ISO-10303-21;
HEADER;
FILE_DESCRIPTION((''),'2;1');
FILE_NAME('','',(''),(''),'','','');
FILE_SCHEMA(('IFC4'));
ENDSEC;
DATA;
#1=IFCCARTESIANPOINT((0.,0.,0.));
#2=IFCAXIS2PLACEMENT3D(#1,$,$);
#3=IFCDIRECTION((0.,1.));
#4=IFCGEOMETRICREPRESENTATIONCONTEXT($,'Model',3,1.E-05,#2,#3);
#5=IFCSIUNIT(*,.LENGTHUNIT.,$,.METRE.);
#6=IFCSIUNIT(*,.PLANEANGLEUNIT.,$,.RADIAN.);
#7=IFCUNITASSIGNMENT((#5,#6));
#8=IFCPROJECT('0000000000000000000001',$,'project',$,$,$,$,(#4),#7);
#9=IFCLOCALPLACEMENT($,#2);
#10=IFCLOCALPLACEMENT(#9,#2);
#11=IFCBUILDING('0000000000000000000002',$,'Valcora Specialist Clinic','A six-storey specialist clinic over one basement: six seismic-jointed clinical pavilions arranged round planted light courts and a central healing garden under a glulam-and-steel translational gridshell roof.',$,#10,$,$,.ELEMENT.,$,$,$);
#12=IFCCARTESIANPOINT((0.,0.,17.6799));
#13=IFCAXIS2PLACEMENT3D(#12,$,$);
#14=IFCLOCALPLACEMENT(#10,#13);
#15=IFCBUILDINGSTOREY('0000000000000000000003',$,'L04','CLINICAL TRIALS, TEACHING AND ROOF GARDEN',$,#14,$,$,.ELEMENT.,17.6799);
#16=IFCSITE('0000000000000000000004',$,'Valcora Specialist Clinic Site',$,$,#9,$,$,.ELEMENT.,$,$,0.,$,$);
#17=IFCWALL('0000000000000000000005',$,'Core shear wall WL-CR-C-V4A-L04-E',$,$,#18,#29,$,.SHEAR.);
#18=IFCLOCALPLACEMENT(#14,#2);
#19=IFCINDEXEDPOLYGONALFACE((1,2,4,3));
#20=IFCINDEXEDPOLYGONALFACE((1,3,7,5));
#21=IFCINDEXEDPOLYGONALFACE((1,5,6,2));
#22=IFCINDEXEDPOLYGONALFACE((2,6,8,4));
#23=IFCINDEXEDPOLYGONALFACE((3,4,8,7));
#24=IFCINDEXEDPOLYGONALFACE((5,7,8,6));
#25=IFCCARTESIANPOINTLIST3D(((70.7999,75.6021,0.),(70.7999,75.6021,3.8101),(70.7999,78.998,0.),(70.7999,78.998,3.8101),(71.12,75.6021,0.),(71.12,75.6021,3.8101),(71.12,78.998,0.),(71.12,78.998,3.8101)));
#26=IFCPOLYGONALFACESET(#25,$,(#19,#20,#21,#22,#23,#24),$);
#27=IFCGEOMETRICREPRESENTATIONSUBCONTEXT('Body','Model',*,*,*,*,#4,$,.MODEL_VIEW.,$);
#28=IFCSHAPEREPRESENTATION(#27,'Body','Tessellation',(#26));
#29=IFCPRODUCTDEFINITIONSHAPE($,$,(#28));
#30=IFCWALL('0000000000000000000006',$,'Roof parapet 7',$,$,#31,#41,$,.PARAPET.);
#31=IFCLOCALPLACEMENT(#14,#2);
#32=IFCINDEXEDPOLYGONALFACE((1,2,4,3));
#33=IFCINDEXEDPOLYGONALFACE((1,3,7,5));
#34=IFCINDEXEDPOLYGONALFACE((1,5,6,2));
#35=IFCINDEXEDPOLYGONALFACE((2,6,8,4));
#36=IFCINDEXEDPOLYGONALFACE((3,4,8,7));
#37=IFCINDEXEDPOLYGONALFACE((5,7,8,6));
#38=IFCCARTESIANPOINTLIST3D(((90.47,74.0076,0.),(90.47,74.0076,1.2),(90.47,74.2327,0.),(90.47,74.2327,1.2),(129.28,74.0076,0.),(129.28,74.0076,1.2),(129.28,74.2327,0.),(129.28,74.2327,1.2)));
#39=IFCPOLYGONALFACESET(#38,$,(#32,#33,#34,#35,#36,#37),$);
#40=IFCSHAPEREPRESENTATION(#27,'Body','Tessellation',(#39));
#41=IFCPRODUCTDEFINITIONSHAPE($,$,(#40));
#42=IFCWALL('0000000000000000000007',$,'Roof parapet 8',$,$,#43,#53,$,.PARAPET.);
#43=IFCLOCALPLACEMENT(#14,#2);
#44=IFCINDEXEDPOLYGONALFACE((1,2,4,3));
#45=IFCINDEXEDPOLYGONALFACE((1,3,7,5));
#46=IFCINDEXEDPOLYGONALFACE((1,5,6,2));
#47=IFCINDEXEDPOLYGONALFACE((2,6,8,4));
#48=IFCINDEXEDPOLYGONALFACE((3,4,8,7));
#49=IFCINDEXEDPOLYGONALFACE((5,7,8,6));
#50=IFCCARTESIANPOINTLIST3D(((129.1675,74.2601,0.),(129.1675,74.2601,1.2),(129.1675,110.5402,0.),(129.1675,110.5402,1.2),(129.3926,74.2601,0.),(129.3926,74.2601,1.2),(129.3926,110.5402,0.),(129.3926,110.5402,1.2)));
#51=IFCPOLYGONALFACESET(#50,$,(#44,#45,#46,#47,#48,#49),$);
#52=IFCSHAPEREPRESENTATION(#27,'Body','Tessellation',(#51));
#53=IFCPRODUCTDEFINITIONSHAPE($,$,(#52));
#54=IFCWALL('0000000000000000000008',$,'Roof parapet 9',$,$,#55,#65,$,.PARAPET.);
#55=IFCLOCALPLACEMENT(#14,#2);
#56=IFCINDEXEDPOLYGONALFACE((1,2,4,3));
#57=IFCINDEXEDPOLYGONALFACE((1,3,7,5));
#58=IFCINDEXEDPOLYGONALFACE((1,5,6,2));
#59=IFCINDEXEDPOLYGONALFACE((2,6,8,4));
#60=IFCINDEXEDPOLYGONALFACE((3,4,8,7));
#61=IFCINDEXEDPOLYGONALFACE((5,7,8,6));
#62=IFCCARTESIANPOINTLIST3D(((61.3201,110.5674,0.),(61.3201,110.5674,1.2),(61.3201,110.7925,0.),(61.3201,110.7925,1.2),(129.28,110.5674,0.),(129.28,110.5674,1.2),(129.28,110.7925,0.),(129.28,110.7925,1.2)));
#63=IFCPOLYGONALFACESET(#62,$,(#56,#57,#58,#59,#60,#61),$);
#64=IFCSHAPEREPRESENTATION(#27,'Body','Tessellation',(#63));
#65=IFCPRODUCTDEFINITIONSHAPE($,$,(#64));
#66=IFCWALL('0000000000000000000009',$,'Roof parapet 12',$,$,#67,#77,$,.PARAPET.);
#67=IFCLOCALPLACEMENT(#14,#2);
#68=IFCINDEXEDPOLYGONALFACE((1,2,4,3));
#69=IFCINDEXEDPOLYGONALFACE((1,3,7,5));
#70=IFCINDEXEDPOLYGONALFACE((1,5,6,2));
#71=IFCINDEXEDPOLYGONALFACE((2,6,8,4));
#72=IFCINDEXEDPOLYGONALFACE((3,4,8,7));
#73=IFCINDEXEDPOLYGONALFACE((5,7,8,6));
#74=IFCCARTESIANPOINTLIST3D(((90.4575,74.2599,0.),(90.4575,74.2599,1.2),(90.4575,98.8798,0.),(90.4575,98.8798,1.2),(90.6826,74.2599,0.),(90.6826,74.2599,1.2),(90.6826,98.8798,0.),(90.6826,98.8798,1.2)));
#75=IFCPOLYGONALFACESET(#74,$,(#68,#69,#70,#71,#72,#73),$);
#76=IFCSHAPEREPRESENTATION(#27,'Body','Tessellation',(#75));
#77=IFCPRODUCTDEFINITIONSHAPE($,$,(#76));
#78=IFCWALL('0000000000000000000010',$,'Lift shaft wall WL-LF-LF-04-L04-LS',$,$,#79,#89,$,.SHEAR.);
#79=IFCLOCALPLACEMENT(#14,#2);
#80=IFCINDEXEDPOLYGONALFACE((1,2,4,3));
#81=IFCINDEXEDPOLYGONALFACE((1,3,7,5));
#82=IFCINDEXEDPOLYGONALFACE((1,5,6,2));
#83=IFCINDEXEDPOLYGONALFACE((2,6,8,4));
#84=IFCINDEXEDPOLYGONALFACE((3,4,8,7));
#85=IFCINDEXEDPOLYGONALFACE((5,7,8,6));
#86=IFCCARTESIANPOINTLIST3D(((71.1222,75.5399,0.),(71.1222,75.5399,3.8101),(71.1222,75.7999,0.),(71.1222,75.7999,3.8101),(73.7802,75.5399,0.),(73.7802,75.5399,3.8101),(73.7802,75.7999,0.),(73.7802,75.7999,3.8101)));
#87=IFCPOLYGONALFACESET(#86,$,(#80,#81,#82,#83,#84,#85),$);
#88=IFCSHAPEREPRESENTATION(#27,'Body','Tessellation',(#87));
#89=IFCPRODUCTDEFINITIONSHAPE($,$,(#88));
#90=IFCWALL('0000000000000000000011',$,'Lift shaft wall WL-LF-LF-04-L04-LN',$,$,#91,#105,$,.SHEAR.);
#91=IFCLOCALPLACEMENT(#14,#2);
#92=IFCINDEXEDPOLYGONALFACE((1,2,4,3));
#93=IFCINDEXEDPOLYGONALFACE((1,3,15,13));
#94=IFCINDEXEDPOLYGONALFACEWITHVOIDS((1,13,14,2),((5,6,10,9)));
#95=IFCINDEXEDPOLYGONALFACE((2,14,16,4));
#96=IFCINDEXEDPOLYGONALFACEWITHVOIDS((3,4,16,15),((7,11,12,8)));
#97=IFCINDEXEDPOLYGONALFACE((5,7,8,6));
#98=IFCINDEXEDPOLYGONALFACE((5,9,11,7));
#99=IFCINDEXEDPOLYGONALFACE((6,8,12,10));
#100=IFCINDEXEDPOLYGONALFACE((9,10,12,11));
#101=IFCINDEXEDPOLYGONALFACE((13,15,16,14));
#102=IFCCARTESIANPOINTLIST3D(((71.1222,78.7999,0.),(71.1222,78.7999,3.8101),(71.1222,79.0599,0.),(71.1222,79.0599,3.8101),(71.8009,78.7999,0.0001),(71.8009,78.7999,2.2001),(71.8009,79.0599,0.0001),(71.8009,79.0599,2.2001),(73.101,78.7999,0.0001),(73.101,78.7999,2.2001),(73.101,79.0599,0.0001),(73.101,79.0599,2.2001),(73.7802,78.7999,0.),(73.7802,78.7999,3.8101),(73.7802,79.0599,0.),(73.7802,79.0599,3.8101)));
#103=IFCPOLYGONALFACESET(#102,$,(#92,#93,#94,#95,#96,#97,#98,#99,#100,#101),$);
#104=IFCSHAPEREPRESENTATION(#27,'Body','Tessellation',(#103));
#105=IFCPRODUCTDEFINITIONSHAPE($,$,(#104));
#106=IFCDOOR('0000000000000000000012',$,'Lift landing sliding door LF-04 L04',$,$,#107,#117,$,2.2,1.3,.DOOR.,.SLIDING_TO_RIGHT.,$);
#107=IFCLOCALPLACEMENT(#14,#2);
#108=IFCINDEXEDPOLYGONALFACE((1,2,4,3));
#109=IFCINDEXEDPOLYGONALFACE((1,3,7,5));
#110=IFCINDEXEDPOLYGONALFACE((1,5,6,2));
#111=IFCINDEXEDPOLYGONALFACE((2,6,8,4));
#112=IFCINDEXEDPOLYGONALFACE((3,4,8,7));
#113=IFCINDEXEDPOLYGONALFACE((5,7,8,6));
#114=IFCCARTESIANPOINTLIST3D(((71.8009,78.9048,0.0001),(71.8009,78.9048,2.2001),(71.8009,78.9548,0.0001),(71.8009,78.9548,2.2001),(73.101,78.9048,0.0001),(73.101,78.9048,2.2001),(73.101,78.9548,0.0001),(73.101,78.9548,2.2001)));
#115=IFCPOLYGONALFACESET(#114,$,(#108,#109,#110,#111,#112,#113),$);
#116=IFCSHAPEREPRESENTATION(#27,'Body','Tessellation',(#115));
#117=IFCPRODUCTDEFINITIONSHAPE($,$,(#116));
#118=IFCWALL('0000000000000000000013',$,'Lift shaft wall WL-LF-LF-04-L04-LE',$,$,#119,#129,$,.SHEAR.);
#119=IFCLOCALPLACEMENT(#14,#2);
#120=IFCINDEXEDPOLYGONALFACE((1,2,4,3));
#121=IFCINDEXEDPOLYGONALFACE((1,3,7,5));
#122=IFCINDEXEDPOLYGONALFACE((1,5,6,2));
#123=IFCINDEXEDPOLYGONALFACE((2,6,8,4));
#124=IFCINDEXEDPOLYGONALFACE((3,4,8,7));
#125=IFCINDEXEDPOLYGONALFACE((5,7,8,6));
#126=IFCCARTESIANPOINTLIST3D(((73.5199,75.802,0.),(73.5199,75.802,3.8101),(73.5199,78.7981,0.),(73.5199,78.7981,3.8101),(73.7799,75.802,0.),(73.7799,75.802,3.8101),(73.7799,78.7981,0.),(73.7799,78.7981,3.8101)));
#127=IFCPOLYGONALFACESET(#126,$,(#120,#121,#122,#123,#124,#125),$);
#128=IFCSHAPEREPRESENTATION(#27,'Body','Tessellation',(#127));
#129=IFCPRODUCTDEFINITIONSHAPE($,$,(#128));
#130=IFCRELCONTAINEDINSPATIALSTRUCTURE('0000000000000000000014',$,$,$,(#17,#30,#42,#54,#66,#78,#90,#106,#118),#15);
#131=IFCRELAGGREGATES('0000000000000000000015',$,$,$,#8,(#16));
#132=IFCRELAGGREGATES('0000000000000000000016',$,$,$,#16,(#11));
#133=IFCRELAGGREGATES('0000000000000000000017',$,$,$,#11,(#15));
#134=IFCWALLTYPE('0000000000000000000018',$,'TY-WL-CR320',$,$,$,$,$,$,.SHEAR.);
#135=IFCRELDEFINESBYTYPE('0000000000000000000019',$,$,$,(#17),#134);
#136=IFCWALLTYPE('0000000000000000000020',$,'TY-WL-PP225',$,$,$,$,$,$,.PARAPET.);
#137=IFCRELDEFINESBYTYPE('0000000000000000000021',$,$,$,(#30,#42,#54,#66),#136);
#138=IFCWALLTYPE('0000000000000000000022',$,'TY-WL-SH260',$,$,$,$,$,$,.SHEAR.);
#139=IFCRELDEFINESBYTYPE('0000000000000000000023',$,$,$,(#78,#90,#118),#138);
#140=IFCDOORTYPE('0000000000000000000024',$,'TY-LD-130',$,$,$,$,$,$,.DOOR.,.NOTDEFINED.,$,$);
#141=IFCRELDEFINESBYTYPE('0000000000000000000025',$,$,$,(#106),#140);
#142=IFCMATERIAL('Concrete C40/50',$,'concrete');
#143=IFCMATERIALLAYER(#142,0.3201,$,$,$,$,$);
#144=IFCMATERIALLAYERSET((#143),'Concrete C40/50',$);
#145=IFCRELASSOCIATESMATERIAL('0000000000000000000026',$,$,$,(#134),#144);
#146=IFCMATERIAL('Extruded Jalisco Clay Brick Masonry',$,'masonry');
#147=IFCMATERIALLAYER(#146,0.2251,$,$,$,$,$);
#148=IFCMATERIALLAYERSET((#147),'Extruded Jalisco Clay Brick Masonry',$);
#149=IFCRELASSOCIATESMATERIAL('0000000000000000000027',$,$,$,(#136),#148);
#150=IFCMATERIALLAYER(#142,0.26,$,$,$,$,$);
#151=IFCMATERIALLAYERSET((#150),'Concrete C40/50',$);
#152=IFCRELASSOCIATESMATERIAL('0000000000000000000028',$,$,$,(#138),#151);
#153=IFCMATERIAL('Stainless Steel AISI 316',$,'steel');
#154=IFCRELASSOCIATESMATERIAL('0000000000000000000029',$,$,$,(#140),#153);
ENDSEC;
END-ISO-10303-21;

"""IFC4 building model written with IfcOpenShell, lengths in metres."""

from ifc_helpers import new_model, si_unit, direction, frame, frame_2d, origin, place, context, subcontext, project, spatial, rectangle, extrude, material, layer, layer_set, type_object, element, fill, save


model = new_model("IFC4")

# Units and contexts
model_context = context("Model", 3, precision=1e-05, world=origin(), true_north=direction((0.0, 1.0)))
body_context = subcontext(model_context, "Body", "Model", "MODEL_VIEW")
ifc_project = project(units=[si_unit("LENGTHUNIT", "METRE"), si_unit("PLANEANGLEUNIT", "RADIAN")], contexts=[model_context])

# Site, building, storey
site_placement = place(None, origin())
site = spatial("IfcSite", under=ifc_project, at=site_placement, Name="Valcora Specialist Clinic Site", CompositionType="ELEMENT", RefElevation=0.0)
building_placement = place(site_placement, origin())
building = spatial("IfcBuilding", under=site, at=building_placement, Name="Valcora Specialist Clinic", Description="A six-storey specialist clinic over one basement: six seismic-jointed clinical pavilions arranged round planted light courts and a central healing garden under a glulam-and-steel translational gridshell roof.", CompositionType="ELEMENT")
storey_placement = place(building_placement, frame((0.0, 0.0, 17.6799)))
storey = spatial("IfcBuildingStorey", under=building, at=storey_placement, Name="L04", Description="CLINICAL TRIALS, TEACHING AND ROOF GARDEN", CompositionType="ELEMENT", Elevation=17.6799)

# Walls
ifc_material_1 = material(Name="Concrete C40/50", Category="concrete")
ifc_layer_1 = layer(ifc_material_1, 0.3201)
ifc_layer_set_1 = layer_set([ifc_layer_1], Name="Concrete C40/50")
wall_type_1 = type_object("IfcWallType", Name="TY-WL-CR320", PredefinedType="SHEAR", material=ifc_layer_set_1)
wall_1_placement = place(storey_placement, frame((70.96, 75.6021, 0.0), z_axis=(0.0, 0.0, 1.0), x_axis=(0.0, 1.0, 0.0)))
element("IfcWall", 1, at=wall_1_placement, inside=storey, type_object=wall_type_1, Name="Core shear wall WL-CR-C-V4A-L04-E", PredefinedType="SHEAR", context=body_context, shape_type="SweptSolid", body=[
    extrude(rectangle(XDim=3.396, YDim=0.3201, at=frame_2d((1.698, 0.0))), origin(), (0.0, 0.0, 1.0), 3.8101),
])
ifc_material_2 = material(Name="Extruded Jalisco Clay Brick Masonry", Category="masonry")
ifc_layer_2 = layer(ifc_material_2, 0.2251)
ifc_layer_set_2 = layer_set([ifc_layer_2], Name="Extruded Jalisco Clay Brick Masonry")
wall_type_2 = type_object("IfcWallType", Name="TY-WL-PP225", PredefinedType="PARAPET", material=ifc_layer_set_2)
wall_2_placement = place(storey_placement, frame((90.47, 74.1201, 0.0), z_axis=(0.0, 0.0, 1.0), x_axis=(1.0, 0.0, 0.0)))
element("IfcWall", 2, at=wall_2_placement, inside=storey, type_object=wall_type_2, Name="Roof parapet 7", PredefinedType="PARAPET", context=body_context, shape_type="SweptSolid", body=[
    extrude(rectangle(XDim=38.8101, YDim=0.2251, at=frame_2d((19.405, 0.0))), origin(), (0.0, 0.0, 1.0), 1.2),
])
wall_3_placement = place(storey_placement, frame((129.28, 74.26, 0.0), z_axis=(0.0, 0.0, 1.0), x_axis=(0.0, 1.0, 0.0)))
element("IfcWall", 3, at=wall_3_placement, inside=storey, type_object=wall_type_2, Name="Roof parapet 8", PredefinedType="PARAPET", context=body_context, shape_type="SweptSolid", body=[
    extrude(rectangle(XDim=36.28, YDim=0.2251, at=frame_2d((18.1401, 0.0))), origin(), (0.0, 0.0, 1.0), 1.2),
])
wall_4_placement = place(storey_placement, frame((129.28, 110.6799, 0.0), z_axis=(0.0, 0.0, 1.0), x_axis=(-1.0, 0.0, 0.0)))
element("IfcWall", 4, at=wall_4_placement, inside=storey, type_object=wall_type_2, Name="Roof parapet 9", PredefinedType="PARAPET", context=body_context, shape_type="SweptSolid", body=[
    extrude(rectangle(XDim=67.96, YDim=0.2251, at=frame_2d((33.98, 0.0))), origin(), (0.0, 0.0, 1.0), 1.2),
])
wall_5_placement = place(storey_placement, frame((90.5701, 98.8799, 0.0), z_axis=(0.0, 0.0, 1.0), x_axis=(0.0, -1.0, 0.0)))
element("IfcWall", 5, at=wall_5_placement, inside=storey, type_object=wall_type_2, Name="Roof parapet 12", PredefinedType="PARAPET", context=body_context, shape_type="SweptSolid", body=[
    extrude(rectangle(XDim=24.6199, YDim=0.2251, at=frame_2d((12.3101, 0.0))), origin(), (0.0, 0.0, 1.0), 1.2),
])
ifc_layer_3 = layer(ifc_material_1, 0.26)
ifc_layer_set_3 = layer_set([ifc_layer_3], Name="Concrete C40/50")
wall_type_3 = type_object("IfcWallType", Name="TY-WL-SH260", PredefinedType="SHEAR", material=ifc_layer_set_3)
wall_6_placement = place(storey_placement, frame((71.1221, 75.6699, 0.0), z_axis=(0.0, 0.0, 1.0), x_axis=(1.0, 0.0, 0.0)))
element("IfcWall", 6, at=wall_6_placement, inside=storey, type_object=wall_type_3, Name="Lift shaft wall WL-LF-LF-04-L04-LS", PredefinedType="SHEAR", context=body_context, shape_type="SweptSolid", body=[
    extrude(rectangle(XDim=2.658, YDim=0.26, at=frame_2d((1.3291, 0.0))), origin(), (0.0, 0.0, 1.0), 3.8101),
])

# Wall, opening, door
wall_7_placement = place(storey_placement, frame((71.1221, 78.9299, 0.0), z_axis=(0.0, 0.0, 1.0), x_axis=(1.0, 0.0, 0.0)))
wall_7 = element("IfcWall", 7, at=wall_7_placement, inside=storey, type_object=wall_type_3, Name="Lift shaft wall WL-LF-LF-04-L04-LN", PredefinedType="SHEAR", context=body_context, shape_type="SweptSolid", body=[
    extrude(rectangle(XDim=2.658, YDim=0.26, at=frame_2d((1.3291, 0.0))), origin(), (0.0, 0.0, 1.0), 3.8101),
])
opening_placement = place(wall_7_placement, frame((0.679, 0.0, 0.0)))
opening = element("IfcOpeningElement", 8, at=opening_placement, cuts=wall_7, PredefinedType="OPENING", context=body_context, shape_type="SweptSolid", body=[
    extrude(rectangle(XDim=1.3, YDim=2.2, at=frame_2d((0.6499, 1.1001))), frame((0.0, 0.1399, 0.0), z_axis=(0.0, -1.0, 0.0), x_axis=(1.0, 0.0, 0.0)), (0.0, 0.0, 1.0), 0.28),
])
ifc_material_3 = material(Name="Stainless Steel AISI 316", Category="steel")
door_type = type_object("IfcDoorType", Name="TY-LD-130", OperationType="NOTDEFINED", PredefinedType="DOOR", material=ifc_material_3)
door_placement = place(opening_placement, origin())
door = element("IfcDoor", 9, at=door_placement, inside=storey, type_object=door_type, Name="Lift landing sliding door LF-04 L04", OperationType="SLIDING_TO_RIGHT", OverallHeight=2.2, OverallWidth=1.3, PredefinedType="DOOR", context=body_context, shape_type="SweptSolid", body=[
    extrude(rectangle(XDim=1.3, YDim=2.2, at=frame_2d((0.6499, 1.1001))), frame((0.0, 0.0249, 0.0), z_axis=(0.0, -1.0, 0.0), x_axis=(1.0, 0.0, 0.0)), (0.0, 0.0, 1.0), 0.05),
])
fill(opening, door)

# Wall
wall_8_placement = place(storey_placement, frame((73.6499, 75.802, 0.0), z_axis=(0.0, 0.0, 1.0), x_axis=(0.0, 1.0, 0.0)))
element("IfcWall", 10, at=wall_8_placement, inside=storey, type_object=wall_type_3, Name="Lift shaft wall WL-LF-LF-04-L04-LE", PredefinedType="SHEAR", context=body_context, shape_type="SweptSolid", body=[
    extrude(rectangle(XDim=2.9961, YDim=0.26, at=frame_2d((1.498, 0.0))), origin(), (0.0, 0.0, 1.0), 3.8101),
])

save(model, "model.ifc")
